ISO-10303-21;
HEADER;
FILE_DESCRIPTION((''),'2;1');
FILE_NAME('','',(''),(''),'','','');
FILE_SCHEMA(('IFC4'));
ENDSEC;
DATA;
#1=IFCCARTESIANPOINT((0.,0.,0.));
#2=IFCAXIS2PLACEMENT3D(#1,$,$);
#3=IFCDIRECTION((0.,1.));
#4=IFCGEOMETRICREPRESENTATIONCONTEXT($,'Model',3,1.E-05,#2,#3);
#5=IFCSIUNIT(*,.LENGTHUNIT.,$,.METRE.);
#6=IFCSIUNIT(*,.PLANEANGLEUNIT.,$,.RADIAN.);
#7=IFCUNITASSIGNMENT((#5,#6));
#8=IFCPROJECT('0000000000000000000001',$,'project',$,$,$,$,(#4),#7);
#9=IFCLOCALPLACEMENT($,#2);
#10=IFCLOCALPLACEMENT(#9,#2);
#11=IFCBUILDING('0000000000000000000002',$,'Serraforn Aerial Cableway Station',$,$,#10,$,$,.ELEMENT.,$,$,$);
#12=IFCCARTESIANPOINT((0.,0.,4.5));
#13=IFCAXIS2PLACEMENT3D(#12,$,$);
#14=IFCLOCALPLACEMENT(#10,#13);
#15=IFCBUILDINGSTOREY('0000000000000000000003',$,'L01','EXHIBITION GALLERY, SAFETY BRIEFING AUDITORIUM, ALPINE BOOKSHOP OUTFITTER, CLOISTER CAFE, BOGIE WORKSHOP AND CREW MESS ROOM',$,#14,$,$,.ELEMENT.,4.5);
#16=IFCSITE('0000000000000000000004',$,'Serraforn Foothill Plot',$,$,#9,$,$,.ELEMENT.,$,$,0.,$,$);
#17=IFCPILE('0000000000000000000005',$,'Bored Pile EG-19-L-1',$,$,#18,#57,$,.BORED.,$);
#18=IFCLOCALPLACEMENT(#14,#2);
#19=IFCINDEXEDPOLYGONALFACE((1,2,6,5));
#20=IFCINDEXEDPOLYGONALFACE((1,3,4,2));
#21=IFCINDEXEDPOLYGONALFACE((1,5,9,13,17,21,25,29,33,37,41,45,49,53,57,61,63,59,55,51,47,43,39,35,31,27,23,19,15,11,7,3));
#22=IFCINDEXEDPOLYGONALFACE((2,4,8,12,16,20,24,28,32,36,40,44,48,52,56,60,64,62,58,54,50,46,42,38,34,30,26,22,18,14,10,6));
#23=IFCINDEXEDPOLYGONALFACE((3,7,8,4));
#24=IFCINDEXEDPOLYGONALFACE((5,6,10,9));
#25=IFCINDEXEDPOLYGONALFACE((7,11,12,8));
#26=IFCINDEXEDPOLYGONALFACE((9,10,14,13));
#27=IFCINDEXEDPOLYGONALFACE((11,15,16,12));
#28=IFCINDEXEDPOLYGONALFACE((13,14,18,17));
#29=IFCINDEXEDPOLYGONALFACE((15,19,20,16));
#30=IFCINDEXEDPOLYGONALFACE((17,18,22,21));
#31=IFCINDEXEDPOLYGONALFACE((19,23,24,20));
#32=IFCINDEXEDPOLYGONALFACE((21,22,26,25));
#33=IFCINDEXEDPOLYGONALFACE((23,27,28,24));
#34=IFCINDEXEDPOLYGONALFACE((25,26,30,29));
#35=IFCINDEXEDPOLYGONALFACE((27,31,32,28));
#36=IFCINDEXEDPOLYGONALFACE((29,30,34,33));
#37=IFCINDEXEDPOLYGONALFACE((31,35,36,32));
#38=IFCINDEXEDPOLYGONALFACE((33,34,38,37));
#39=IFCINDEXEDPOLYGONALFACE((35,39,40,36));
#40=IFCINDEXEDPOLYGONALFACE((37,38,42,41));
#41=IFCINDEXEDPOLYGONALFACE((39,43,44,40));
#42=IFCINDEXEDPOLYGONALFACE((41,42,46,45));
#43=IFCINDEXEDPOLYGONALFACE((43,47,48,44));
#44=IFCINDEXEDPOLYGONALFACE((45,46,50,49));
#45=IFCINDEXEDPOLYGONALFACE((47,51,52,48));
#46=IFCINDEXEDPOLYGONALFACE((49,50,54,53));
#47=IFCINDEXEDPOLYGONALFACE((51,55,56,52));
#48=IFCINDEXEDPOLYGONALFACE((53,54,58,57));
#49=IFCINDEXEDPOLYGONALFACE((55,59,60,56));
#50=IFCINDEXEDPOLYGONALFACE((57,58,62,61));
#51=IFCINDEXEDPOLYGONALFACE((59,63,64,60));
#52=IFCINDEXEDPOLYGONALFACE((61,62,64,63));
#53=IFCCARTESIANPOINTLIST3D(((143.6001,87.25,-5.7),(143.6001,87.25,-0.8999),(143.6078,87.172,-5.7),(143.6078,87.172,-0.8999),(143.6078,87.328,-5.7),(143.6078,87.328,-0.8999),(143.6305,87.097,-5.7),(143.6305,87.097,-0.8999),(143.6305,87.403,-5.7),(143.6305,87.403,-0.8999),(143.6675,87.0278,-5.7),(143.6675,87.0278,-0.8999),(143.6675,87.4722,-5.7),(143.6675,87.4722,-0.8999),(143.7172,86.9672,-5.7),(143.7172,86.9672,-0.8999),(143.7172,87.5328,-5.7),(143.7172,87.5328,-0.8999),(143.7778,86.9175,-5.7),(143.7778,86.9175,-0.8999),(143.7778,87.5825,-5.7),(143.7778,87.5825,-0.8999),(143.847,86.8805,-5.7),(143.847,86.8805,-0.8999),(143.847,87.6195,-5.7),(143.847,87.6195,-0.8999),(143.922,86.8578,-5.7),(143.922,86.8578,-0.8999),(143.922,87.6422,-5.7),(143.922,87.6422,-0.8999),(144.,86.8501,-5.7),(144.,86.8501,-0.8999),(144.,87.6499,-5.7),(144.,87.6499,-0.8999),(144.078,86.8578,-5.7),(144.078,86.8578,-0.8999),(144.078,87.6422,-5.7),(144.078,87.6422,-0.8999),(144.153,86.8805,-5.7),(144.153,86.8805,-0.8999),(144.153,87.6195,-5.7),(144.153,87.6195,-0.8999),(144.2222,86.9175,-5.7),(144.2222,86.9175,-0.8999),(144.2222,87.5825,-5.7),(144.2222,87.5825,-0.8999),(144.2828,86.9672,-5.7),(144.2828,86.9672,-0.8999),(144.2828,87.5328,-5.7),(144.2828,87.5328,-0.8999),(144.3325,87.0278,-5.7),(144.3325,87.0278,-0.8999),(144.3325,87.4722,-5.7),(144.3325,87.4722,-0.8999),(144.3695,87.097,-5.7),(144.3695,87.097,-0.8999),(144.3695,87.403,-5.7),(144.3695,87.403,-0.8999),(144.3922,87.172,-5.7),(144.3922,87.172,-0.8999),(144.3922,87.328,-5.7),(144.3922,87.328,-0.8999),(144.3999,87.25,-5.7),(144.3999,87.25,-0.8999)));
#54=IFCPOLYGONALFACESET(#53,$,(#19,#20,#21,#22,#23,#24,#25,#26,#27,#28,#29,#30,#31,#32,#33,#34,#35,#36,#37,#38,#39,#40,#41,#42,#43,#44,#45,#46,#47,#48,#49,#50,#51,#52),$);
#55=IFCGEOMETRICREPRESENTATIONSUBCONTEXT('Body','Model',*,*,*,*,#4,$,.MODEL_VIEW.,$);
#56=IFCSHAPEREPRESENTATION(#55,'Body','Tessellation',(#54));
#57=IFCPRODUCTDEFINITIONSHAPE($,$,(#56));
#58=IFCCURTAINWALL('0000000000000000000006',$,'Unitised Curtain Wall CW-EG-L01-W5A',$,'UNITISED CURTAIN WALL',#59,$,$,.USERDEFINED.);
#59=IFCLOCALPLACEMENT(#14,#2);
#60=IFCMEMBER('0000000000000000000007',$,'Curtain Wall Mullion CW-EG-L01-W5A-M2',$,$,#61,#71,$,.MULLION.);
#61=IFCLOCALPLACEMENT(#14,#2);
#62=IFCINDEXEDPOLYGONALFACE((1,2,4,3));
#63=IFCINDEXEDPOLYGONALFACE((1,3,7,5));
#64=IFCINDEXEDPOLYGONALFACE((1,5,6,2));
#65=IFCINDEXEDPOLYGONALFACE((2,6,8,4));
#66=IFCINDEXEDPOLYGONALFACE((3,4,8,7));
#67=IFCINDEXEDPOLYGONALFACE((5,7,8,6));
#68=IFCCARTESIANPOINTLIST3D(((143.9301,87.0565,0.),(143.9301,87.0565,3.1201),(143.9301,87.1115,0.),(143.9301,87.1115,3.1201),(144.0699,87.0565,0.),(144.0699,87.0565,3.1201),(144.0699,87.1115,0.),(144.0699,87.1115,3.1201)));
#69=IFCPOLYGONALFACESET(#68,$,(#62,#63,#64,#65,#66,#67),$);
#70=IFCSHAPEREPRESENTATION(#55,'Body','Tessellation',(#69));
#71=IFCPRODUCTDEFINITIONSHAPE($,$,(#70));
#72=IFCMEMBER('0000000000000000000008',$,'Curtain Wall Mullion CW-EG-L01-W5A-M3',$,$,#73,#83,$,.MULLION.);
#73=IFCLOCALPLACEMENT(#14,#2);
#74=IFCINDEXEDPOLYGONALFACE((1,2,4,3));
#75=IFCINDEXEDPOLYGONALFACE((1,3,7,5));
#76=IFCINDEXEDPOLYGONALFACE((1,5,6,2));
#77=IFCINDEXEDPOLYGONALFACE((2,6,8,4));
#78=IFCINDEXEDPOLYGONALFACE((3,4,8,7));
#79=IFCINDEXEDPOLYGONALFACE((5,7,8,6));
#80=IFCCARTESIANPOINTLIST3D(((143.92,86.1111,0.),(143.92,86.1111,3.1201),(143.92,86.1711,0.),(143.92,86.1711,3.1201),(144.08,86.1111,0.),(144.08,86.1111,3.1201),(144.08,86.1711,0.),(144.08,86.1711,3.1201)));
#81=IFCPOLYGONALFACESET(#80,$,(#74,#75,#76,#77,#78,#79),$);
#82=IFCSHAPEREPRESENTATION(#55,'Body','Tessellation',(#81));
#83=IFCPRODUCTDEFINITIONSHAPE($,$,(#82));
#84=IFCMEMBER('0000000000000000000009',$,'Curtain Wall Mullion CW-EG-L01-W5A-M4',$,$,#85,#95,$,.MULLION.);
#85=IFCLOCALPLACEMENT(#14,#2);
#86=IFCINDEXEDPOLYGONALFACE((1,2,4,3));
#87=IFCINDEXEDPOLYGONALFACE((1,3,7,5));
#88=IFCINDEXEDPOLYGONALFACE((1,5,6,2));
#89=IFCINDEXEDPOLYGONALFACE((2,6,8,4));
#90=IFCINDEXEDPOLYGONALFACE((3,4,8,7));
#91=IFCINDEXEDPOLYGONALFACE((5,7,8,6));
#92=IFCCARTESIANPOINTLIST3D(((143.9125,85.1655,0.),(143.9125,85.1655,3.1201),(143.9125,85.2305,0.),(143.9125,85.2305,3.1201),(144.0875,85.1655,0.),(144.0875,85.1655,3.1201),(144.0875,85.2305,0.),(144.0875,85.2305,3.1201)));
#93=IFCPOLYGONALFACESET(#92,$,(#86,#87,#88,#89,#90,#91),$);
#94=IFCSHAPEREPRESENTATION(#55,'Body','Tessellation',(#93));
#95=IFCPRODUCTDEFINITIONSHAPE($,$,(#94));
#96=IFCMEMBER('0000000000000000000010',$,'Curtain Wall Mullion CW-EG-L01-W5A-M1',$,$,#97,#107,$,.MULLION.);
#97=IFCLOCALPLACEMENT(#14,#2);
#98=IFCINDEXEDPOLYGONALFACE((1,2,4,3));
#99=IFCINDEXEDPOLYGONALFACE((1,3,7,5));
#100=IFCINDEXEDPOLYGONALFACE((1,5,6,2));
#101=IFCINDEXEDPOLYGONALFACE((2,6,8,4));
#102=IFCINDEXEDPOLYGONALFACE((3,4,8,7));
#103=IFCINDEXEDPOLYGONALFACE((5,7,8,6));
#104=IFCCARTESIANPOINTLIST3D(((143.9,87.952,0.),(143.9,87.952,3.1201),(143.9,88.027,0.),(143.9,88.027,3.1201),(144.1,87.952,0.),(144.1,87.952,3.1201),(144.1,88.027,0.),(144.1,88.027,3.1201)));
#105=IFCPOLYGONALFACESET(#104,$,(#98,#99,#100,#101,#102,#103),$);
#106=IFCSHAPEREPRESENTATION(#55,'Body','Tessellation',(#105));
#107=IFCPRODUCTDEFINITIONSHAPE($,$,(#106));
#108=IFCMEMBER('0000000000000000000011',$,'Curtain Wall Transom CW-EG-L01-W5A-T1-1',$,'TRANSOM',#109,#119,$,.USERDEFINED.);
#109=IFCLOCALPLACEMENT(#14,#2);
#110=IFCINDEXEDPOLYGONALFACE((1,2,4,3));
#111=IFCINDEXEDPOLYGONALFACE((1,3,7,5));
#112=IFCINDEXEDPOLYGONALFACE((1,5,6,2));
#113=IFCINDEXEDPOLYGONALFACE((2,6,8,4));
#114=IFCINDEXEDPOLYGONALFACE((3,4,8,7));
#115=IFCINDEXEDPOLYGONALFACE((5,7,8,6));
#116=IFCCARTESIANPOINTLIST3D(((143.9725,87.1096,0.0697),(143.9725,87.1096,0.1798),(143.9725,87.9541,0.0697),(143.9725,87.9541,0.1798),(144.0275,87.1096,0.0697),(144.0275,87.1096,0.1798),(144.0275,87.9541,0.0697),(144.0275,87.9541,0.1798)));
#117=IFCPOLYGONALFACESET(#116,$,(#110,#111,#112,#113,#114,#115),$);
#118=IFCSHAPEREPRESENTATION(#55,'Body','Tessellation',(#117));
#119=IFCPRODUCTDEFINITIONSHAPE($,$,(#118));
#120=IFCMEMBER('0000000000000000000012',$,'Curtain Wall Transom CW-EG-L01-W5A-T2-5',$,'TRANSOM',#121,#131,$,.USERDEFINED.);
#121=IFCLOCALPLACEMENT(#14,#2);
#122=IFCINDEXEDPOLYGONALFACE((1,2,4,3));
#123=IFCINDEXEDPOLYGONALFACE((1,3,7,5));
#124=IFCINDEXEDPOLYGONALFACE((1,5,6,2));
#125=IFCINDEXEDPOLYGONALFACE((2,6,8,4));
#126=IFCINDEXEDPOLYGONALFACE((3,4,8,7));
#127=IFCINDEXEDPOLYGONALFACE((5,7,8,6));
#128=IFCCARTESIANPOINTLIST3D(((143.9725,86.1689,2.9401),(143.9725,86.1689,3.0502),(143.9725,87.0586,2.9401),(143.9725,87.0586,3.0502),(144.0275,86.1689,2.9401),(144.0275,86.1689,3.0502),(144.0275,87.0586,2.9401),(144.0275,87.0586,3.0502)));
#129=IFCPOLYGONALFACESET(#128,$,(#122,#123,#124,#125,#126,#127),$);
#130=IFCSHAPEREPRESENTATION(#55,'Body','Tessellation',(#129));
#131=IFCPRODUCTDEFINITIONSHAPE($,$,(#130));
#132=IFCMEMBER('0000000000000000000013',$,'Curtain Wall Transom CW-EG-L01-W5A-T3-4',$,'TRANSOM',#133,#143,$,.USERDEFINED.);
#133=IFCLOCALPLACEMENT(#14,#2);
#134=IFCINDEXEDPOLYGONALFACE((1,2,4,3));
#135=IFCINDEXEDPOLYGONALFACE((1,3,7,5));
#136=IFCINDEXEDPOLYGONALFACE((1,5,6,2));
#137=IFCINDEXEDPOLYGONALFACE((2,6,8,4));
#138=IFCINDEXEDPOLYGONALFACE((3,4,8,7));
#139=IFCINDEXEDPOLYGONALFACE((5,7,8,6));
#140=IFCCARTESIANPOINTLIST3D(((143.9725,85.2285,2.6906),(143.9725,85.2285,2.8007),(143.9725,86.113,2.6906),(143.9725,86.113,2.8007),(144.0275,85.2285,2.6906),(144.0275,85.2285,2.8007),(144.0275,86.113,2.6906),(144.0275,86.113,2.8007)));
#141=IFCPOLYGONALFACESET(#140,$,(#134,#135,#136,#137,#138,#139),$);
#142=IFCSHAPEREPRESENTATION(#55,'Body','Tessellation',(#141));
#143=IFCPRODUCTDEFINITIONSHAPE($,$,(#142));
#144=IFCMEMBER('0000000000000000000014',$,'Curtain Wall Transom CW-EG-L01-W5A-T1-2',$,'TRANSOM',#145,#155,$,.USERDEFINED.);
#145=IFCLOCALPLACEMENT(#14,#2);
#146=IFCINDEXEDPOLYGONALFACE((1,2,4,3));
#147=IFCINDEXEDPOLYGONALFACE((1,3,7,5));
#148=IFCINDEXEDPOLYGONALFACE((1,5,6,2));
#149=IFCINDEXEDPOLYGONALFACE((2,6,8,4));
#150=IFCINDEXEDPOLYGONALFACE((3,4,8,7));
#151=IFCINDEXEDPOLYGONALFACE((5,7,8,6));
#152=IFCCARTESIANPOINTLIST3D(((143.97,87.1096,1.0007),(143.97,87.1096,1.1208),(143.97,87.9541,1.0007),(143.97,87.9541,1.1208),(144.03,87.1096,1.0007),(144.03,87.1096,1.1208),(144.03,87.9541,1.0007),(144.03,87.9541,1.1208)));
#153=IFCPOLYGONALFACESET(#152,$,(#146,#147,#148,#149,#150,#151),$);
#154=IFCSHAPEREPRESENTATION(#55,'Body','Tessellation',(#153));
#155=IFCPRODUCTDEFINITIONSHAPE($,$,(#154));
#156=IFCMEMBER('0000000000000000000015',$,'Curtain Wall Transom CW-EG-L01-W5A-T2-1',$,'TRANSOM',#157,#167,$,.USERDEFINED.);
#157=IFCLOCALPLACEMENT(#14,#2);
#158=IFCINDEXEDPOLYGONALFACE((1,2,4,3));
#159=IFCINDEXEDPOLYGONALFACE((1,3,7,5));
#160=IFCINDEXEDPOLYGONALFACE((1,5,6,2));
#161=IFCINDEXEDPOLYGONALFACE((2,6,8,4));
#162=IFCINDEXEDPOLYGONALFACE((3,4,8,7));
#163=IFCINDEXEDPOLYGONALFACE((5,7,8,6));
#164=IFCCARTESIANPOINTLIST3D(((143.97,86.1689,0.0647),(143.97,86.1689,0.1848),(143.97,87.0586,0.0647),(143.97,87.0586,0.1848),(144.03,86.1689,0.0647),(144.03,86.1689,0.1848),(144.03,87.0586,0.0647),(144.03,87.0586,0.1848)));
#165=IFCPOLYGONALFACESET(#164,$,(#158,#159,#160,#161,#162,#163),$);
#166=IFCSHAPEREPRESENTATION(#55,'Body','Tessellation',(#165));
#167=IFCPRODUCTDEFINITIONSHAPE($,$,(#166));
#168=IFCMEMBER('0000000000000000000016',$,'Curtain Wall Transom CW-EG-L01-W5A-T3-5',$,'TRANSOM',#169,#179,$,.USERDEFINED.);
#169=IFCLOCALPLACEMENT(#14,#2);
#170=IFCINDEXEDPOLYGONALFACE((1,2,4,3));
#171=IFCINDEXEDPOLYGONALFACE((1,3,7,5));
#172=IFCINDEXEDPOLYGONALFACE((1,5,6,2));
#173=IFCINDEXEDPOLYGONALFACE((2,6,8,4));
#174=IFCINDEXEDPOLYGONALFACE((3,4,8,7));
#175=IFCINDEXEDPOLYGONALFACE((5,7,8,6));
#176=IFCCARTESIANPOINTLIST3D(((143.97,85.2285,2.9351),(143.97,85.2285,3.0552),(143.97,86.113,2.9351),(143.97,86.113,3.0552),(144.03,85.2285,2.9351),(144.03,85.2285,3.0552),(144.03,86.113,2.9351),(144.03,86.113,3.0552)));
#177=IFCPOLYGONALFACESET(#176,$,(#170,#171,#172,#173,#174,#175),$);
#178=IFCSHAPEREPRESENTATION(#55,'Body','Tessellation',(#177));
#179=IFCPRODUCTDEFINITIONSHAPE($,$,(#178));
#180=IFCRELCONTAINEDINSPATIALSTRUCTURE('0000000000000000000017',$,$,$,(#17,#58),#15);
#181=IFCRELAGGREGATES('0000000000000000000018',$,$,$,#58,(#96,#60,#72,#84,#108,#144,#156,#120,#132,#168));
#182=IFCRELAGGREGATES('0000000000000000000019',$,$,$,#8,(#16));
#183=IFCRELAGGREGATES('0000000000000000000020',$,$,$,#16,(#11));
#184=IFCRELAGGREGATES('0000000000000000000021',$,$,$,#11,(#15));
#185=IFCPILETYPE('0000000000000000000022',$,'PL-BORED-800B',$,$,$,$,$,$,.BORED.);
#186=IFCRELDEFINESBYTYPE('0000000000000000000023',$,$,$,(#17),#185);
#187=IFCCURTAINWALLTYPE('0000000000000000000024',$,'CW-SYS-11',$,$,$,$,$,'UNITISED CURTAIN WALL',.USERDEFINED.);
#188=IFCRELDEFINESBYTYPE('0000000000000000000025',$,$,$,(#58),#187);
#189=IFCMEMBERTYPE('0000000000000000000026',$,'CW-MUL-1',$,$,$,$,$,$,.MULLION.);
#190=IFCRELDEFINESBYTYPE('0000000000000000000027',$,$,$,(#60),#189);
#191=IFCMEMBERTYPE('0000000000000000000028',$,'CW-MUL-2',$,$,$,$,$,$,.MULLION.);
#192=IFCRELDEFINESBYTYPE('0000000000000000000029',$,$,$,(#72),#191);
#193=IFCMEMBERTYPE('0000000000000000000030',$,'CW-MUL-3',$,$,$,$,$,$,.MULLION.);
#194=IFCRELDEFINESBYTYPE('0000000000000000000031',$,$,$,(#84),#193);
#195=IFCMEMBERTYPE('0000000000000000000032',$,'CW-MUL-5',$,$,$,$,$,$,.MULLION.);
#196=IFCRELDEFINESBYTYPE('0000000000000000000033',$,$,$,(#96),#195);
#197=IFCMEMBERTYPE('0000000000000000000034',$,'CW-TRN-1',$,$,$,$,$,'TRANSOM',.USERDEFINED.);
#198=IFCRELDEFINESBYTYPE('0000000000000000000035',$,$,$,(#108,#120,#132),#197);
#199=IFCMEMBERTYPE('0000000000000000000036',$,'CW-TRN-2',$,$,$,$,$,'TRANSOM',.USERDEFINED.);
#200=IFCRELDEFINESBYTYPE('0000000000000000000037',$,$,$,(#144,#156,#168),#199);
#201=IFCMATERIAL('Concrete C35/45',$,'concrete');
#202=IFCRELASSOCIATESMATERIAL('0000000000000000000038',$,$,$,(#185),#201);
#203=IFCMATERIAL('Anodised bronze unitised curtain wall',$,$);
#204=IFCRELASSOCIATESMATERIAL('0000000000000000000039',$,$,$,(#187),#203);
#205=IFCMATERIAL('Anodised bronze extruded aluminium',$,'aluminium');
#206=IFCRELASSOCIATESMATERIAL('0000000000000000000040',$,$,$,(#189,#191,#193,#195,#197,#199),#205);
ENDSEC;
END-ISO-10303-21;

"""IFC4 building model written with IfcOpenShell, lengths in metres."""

from ifc_helpers import new_model, si_unit, direction, frame, origin, origin_2d, place, context, subcontext, project, spatial, rectangle, circle, extrude, material, material_profile, profile_set, type_object, element, aggregate, save


model = new_model("IFC4")

# Units and contexts
model_context = context("Model", 3, precision=1e-05, world=origin(), true_north=direction((0.0, 1.0)))
body_context = subcontext(model_context, "Body", "Model", "MODEL_VIEW")
ifc_project = project(units=[si_unit("LENGTHUNIT", "METRE"), si_unit("PLANEANGLEUNIT", "RADIAN")], contexts=[model_context])

# Site, building, storey
site_placement = place(None, origin())
site = spatial("IfcSite", under=ifc_project, at=site_placement, Name="Serraforn Foothill Plot", CompositionType="ELEMENT", RefElevation=0.0)
building_placement = place(site_placement, origin())
building = spatial("IfcBuilding", under=site, at=building_placement, Name="Serraforn Aerial Cableway Station", CompositionType="ELEMENT")
storey_placement = place(building_placement, frame((0.0, 0.0, 4.5)))
storey = spatial("IfcBuildingStorey", under=building, at=storey_placement, Name="L01", Description="EXHIBITION GALLERY, SAFETY BRIEFING AUDITORIUM, ALPINE BOOKSHOP OUTFITTER, CLOISTER CAFE, BOGIE WORKSHOP AND CREW MESS ROOM", CompositionType="ELEMENT", Elevation=4.5)

# Pile
ifc_material_1 = material(Name="Concrete C35/45", Category="concrete")
ifc_material_profile_1 = material_profile(ifc_material_1, circle(Radius=0.3999, at=origin_2d()), Name="BORED PILE D800")
ifc_profile_set_1 = profile_set([ifc_material_profile_1], Name="Concrete C35/45")
pile_type = type_object("IfcPileType", Name="PL-BORED-800B", PredefinedType="BORED", material=ifc_profile_set_1)
pile_placement = place(storey_placement, frame((144.0, 87.25, -0.8999), z_axis=(0.0, 0.0, -1.0), x_axis=(1.0, 0.0, 0.0)))
element("IfcPile", 1, at=pile_placement, inside=storey, type_object=pile_type, Name="Bored Pile EG-19-L-1", PredefinedType="BORED", context=body_context, shape_type="SweptSolid", body=[
    extrude(circle(Radius=0.3999, at=origin_2d()), origin(), (0.0, 0.0, 1.0), 4.8),
])

# Curtain wall, members
ifc_material_2 = material(Name="Anodised bronze unitised curtain wall")
curtain_wall_type = type_object("IfcCurtainWallType", Name="CW-SYS-11", ElementType="UNITISED CURTAIN WALL", PredefinedType="USERDEFINED", material=ifc_material_2)
curtain_wall_placement = place(storey_placement, origin())
curtain_wall = element("IfcCurtainWall", 2, at=curtain_wall_placement, inside=storey, type_object=curtain_wall_type, Name="Unitised Curtain Wall CW-EG-L01-W5A", ObjectType="UNITISED CURTAIN WALL", PredefinedType="USERDEFINED")
ifc_material_3 = material(Name="Anodised bronze extruded aluminium", Category="aluminium")
ifc_material_profile_2 = material_profile(ifc_material_3, rectangle(XDim=0.0549, YDim=0.1399, at=origin_2d()), Name="CW MULLION 55x140")
ifc_profile_set_2 = profile_set([ifc_material_profile_2], Name="Anodised bronze extruded aluminium")
member_type_1 = type_object("IfcMemberType", Name="CW-MUL-1", PredefinedType="MULLION", material=ifc_profile_set_2)
member_1_placement = place(storey_placement, frame((144.0, 87.084, 0.0), z_axis=(0.0, 0.0, 1.0), x_axis=(0.0, -1.0, 0.0)))
member_1 = element("IfcMember", 3, at=member_1_placement, type_object=member_type_1, Name="Curtain Wall Mullion CW-EG-L01-W5A-M2", PredefinedType="MULLION", context=body_context, shape_type="SweptSolid", body=[
    extrude(rectangle(XDim=0.0549, YDim=0.1399, at=origin_2d()), origin(), (0.0, 0.0, 1.0), 3.1201),
])
ifc_material_profile_3 = material_profile(ifc_material_3, rectangle(XDim=0.0601, YDim=0.1599, at=origin_2d()), Name="CW MULLION 60x160")
ifc_profile_set_3 = profile_set([ifc_material_profile_3], Name="Anodised bronze extruded aluminium")
member_type_2 = type_object("IfcMemberType", Name="CW-MUL-2", PredefinedType="MULLION", material=ifc_profile_set_3)
member_2_placement = place(storey_placement, frame((144.0, 86.1411, 0.0), z_axis=(0.0, 0.0, 1.0), x_axis=(0.0, -1.0, 0.0)))
member_2 = element("IfcMember", 4, at=member_2_placement, type_object=member_type_2, Name="Curtain Wall Mullion CW-EG-L01-W5A-M3", PredefinedType="MULLION", context=body_context, shape_type="SweptSolid", body=[
    extrude(rectangle(XDim=0.0601, YDim=0.1599, at=origin_2d()), origin(), (0.0, 0.0, 1.0), 3.1201),
])
ifc_material_profile_4 = material_profile(ifc_material_3, rectangle(XDim=0.0649, YDim=0.175, at=origin_2d()), Name="CW MULLION 65x175")
ifc_profile_set_4 = profile_set([ifc_material_profile_4], Name="Anodised bronze extruded aluminium")
member_type_3 = type_object("IfcMemberType", Name="CW-MUL-3", PredefinedType="MULLION", material=ifc_profile_set_4)
member_3_placement = place(storey_placement, frame((144.0, 85.198, 0.0), z_axis=(0.0, 0.0, 1.0), x_axis=(0.0, -1.0, 0.0)))
member_3 = element("IfcMember", 5, at=member_3_placement, type_object=member_type_3, Name="Curtain Wall Mullion CW-EG-L01-W5A-M4", PredefinedType="MULLION", context=body_context, shape_type="SweptSolid", body=[
    extrude(rectangle(XDim=0.0649, YDim=0.175, at=origin_2d()), origin(), (0.0, 0.0, 1.0), 3.1201),
])
ifc_material_profile_5 = material_profile(ifc_material_3, rectangle(XDim=0.075, YDim=0.2, at=origin_2d()), Name="CW MULLION 75x200")
ifc_profile_set_5 = profile_set([ifc_material_profile_5], Name="Anodised bronze extruded aluminium")
member_type_4 = type_object("IfcMemberType", Name="CW-MUL-5", PredefinedType="MULLION", material=ifc_profile_set_5)
member_4_placement = place(storey_placement, frame((144.0, 87.9895, 0.0), z_axis=(0.0, 0.0, 1.0), x_axis=(0.0, -1.0, 0.0)))
member_4 = element("IfcMember", 6, at=member_4_placement, type_object=member_type_4, Name="Curtain Wall Mullion CW-EG-L01-W5A-M1", PredefinedType="MULLION", context=body_context, shape_type="SweptSolid", body=[
    extrude(rectangle(XDim=0.075, YDim=0.2, at=origin_2d()), origin(), (0.0, 0.0, 1.0), 3.1201),
])
ifc_material_profile_6 = material_profile(ifc_material_3, rectangle(XDim=0.0549, YDim=0.1101, at=origin_2d()), Name="CW TRANSOM 55x110")
ifc_profile_set_6 = profile_set([ifc_material_profile_6], Name="Anodised bronze extruded aluminium")
member_type_5 = type_object("IfcMemberType", Name="CW-TRN-1", ElementType="TRANSOM", PredefinedType="USERDEFINED", material=ifc_profile_set_6)
member_5_placement = place(storey_placement, frame((144.0, 87.9541, 0.1248), z_axis=(0.0, -1.0, 0.0), x_axis=(1.0, 0.0, 0.0)))
member_5 = element("IfcMember", 7, at=member_5_placement, type_object=member_type_5, Name="Curtain Wall Transom CW-EG-L01-W5A-T1-1", ObjectType="TRANSOM", PredefinedType="USERDEFINED", context=body_context, shape_type="SweptSolid", body=[
    extrude(rectangle(XDim=0.0549, YDim=0.1101, at=origin_2d()), origin(), (0.0, 0.0, 1.0), 0.8445),
])
member_6_placement = place(storey_placement, frame((144.0, 87.0586, 2.9951), z_axis=(0.0, -1.0, 0.0), x_axis=(1.0, 0.0, 0.0)))
member_6 = element("IfcMember", 8, at=member_6_placement, type_object=member_type_5, Name="Curtain Wall Transom CW-EG-L01-W5A-T2-5", ObjectType="TRANSOM", PredefinedType="USERDEFINED", context=body_context, shape_type="SweptSolid", body=[
    extrude(rectangle(XDim=0.0549, YDim=0.1101, at=origin_2d()), origin(), (0.0, 0.0, 1.0), 0.8896),
])
member_7_placement = place(storey_placement, frame((144.0, 86.113, 2.7456), z_axis=(0.0, -1.0, 0.0), x_axis=(1.0, 0.0, 0.0)))
member_7 = element("IfcMember", 9, at=member_7_placement, type_object=member_type_5, Name="Curtain Wall Transom CW-EG-L01-W5A-T3-4", ObjectType="TRANSOM", PredefinedType="USERDEFINED", context=body_context, shape_type="SweptSolid", body=[
    extrude(rectangle(XDim=0.0549, YDim=0.1101, at=origin_2d()), origin(), (0.0, 0.0, 1.0), 0.8845),
])
ifc_material_profile_7 = material_profile(ifc_material_3, rectangle(XDim=0.0601, YDim=0.1201, at=origin_2d()), Name="CW TRANSOM 60x120")
ifc_profile_set_7 = profile_set([ifc_material_profile_7], Name="Anodised bronze extruded aluminium")
member_type_6 = type_object("IfcMemberType", Name="CW-TRN-2", ElementType="TRANSOM", PredefinedType="USERDEFINED", material=ifc_profile_set_7)
member_8_placement = place(storey_placement, frame((144.0, 87.9541, 1.0608), z_axis=(0.0, -1.0, 0.0), x_axis=(1.0, 0.0, 0.0)))
member_8 = element("IfcMember", 10, at=member_8_placement, type_object=member_type_6, Name="Curtain Wall Transom CW-EG-L01-W5A-T1-2", ObjectType="TRANSOM", PredefinedType="USERDEFINED", context=body_context, shape_type="SweptSolid", body=[
    extrude(rectangle(XDim=0.0601, YDim=0.1201, at=origin_2d()), origin(), (0.0, 0.0, 1.0), 0.8445),
])
member_9_placement = place(storey_placement, frame((144.0, 87.0586, 0.1248), z_axis=(0.0, -1.0, 0.0), x_axis=(1.0, 0.0, 0.0)))
member_9 = element("IfcMember", 11, at=member_9_placement, type_object=member_type_6, Name="Curtain Wall Transom CW-EG-L01-W5A-T2-1", ObjectType="TRANSOM", PredefinedType="USERDEFINED", context=body_context, shape_type="SweptSolid", body=[
    extrude(rectangle(XDim=0.0601, YDim=0.1201, at=origin_2d()), origin(), (0.0, 0.0, 1.0), 0.8896),
])
member_10_placement = place(storey_placement, frame((144.0, 86.113, 2.9951), z_axis=(0.0, -1.0, 0.0), x_axis=(1.0, 0.0, 0.0)))
member_10 = element("IfcMember", 12, at=member_10_placement, type_object=member_type_6, Name="Curtain Wall Transom CW-EG-L01-W5A-T3-5", ObjectType="TRANSOM", PredefinedType="USERDEFINED", context=body_context, shape_type="SweptSolid", body=[
    extrude(rectangle(XDim=0.0601, YDim=0.1201, at=origin_2d()), origin(), (0.0, 0.0, 1.0), 0.8845),
])
aggregate(curtain_wall, [member_4, member_1, member_2, member_3, member_5, member_8, member_9, member_6, member_7, member_10])

save(model, "model.ifc")
